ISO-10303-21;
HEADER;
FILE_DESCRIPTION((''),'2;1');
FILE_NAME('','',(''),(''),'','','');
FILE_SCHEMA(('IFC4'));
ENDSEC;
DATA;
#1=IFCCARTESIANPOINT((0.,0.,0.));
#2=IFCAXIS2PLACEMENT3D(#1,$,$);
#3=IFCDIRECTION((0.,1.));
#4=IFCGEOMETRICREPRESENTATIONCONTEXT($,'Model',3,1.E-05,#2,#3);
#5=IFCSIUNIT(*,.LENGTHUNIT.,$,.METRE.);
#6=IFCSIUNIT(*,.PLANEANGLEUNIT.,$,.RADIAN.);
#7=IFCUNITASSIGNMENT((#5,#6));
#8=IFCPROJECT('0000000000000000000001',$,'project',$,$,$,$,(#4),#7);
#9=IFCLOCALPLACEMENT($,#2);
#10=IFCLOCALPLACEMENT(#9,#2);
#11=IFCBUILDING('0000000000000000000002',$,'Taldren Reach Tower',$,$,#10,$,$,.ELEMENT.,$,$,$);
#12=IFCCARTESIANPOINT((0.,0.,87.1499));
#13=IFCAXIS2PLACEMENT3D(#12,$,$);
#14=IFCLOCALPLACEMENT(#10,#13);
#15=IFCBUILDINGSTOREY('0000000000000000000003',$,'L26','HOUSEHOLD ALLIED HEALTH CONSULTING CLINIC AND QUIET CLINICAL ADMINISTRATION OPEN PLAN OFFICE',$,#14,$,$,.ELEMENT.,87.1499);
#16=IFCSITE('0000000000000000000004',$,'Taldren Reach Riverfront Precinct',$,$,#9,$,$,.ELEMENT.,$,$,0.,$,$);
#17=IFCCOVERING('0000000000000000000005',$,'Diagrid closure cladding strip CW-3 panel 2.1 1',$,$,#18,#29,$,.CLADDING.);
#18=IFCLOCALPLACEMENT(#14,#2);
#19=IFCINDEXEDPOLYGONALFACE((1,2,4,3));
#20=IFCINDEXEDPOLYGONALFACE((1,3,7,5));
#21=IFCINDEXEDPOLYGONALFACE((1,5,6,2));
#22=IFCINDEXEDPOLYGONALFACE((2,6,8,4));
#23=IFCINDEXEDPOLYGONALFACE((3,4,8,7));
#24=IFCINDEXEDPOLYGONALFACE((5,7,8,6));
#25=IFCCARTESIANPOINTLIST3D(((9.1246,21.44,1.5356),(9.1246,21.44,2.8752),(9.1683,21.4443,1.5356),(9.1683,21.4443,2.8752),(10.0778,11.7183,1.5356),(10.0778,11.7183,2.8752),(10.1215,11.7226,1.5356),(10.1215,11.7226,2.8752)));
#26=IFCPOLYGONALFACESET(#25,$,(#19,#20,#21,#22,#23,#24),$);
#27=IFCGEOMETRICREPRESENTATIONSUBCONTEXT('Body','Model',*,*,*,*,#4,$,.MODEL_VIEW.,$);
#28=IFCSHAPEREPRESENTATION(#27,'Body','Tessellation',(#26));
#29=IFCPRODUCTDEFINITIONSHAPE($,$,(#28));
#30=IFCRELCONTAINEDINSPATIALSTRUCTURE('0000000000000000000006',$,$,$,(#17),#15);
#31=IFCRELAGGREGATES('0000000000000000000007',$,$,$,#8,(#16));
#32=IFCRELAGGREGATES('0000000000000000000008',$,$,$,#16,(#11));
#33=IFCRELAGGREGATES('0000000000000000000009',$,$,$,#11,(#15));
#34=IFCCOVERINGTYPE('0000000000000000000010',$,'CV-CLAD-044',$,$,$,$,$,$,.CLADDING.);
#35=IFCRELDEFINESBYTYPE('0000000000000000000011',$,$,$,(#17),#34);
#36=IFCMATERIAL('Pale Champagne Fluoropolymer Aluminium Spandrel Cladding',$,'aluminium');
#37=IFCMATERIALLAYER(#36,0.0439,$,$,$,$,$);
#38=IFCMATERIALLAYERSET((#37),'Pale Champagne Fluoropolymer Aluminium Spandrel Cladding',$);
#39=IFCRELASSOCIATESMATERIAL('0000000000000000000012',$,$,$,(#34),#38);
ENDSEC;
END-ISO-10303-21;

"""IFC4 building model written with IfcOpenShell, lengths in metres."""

from ifc_helpers import new_model, si_unit, direction, frame, origin, origin_2d, place, context, subcontext, project, spatial, rectangle, extrude, source, transform, mapped, material, layer, layer_set, type_object, element, save


model = new_model("IFC4")

# Units and contexts
model_context = context("Model", 3, precision=1e-05, world=origin(), true_north=direction((0.0, 1.0)))
body_context = subcontext(model_context, "Body", "Model", "MODEL_VIEW")
ifc_project = project(units=[si_unit("LENGTHUNIT", "METRE"), si_unit("PLANEANGLEUNIT", "RADIAN")], contexts=[model_context])

# Site, building, storey
site_placement = place(None, origin())
site = spatial("IfcSite", under=ifc_project, at=site_placement, Name="Taldren Reach Riverfront Precinct", CompositionType="ELEMENT", RefElevation=0.0)
building_placement = place(site_placement, origin())
building = spatial("IfcBuilding", under=site, at=building_placement, Name="Taldren Reach Tower", CompositionType="ELEMENT")
storey_placement = place(building_placement, frame((0.0, 0.0, 87.1499)))
storey = spatial("IfcBuildingStorey", under=building, at=storey_placement, Name="L26", Description="HOUSEHOLD ALLIED HEALTH CONSULTING CLINIC AND QUIET CLINICAL ADMINISTRATION OPEN PLAN OFFICE", CompositionType="ELEMENT", Elevation=87.1499)

# Covering
ifc_material_1 = material(Name="Pale Champagne Fluoropolymer Aluminium Spandrel Cladding", Category="aluminium")
ifc_layer_1 = layer(ifc_material_1, 0.0439)
ifc_layer_set_1 = layer_set([ifc_layer_1], Name="Pale Champagne Fluoropolymer Aluminium Spandrel Cladding")
covering_type = type_object("IfcCoveringType", Name="CV-CLAD-044", PredefinedType="CLADDING", material=ifc_layer_set_1)
shared_shape_1 = source(origin(), body_context, "Body", "SweptSolid", [
    extrude(rectangle(XDim=9.7683, YDim=0.0439, at=origin_2d()), origin(), (0.0, 0.0, 1.0), 1.3396),
])
covering_1_placement = place(storey_placement, frame((9.623, 16.5813, 1.5356), z_axis=(0.0, 0.0, 1.0), x_axis=(0.097583, -0.995227, 0.0)))
element("IfcCovering", 1, at=covering_1_placement, inside=storey, type_object=covering_type, Name="Diagrid closure cladding strip CW-3 panel 2.1 1", PredefinedType="CLADDING", context=body_context, shape_type="MappedRepresentation", body=[
    mapped(shared_shape_1, transform((0.0, 0.0, 0.0), scale=1.0)),
])

save(model, "model.ifc")
